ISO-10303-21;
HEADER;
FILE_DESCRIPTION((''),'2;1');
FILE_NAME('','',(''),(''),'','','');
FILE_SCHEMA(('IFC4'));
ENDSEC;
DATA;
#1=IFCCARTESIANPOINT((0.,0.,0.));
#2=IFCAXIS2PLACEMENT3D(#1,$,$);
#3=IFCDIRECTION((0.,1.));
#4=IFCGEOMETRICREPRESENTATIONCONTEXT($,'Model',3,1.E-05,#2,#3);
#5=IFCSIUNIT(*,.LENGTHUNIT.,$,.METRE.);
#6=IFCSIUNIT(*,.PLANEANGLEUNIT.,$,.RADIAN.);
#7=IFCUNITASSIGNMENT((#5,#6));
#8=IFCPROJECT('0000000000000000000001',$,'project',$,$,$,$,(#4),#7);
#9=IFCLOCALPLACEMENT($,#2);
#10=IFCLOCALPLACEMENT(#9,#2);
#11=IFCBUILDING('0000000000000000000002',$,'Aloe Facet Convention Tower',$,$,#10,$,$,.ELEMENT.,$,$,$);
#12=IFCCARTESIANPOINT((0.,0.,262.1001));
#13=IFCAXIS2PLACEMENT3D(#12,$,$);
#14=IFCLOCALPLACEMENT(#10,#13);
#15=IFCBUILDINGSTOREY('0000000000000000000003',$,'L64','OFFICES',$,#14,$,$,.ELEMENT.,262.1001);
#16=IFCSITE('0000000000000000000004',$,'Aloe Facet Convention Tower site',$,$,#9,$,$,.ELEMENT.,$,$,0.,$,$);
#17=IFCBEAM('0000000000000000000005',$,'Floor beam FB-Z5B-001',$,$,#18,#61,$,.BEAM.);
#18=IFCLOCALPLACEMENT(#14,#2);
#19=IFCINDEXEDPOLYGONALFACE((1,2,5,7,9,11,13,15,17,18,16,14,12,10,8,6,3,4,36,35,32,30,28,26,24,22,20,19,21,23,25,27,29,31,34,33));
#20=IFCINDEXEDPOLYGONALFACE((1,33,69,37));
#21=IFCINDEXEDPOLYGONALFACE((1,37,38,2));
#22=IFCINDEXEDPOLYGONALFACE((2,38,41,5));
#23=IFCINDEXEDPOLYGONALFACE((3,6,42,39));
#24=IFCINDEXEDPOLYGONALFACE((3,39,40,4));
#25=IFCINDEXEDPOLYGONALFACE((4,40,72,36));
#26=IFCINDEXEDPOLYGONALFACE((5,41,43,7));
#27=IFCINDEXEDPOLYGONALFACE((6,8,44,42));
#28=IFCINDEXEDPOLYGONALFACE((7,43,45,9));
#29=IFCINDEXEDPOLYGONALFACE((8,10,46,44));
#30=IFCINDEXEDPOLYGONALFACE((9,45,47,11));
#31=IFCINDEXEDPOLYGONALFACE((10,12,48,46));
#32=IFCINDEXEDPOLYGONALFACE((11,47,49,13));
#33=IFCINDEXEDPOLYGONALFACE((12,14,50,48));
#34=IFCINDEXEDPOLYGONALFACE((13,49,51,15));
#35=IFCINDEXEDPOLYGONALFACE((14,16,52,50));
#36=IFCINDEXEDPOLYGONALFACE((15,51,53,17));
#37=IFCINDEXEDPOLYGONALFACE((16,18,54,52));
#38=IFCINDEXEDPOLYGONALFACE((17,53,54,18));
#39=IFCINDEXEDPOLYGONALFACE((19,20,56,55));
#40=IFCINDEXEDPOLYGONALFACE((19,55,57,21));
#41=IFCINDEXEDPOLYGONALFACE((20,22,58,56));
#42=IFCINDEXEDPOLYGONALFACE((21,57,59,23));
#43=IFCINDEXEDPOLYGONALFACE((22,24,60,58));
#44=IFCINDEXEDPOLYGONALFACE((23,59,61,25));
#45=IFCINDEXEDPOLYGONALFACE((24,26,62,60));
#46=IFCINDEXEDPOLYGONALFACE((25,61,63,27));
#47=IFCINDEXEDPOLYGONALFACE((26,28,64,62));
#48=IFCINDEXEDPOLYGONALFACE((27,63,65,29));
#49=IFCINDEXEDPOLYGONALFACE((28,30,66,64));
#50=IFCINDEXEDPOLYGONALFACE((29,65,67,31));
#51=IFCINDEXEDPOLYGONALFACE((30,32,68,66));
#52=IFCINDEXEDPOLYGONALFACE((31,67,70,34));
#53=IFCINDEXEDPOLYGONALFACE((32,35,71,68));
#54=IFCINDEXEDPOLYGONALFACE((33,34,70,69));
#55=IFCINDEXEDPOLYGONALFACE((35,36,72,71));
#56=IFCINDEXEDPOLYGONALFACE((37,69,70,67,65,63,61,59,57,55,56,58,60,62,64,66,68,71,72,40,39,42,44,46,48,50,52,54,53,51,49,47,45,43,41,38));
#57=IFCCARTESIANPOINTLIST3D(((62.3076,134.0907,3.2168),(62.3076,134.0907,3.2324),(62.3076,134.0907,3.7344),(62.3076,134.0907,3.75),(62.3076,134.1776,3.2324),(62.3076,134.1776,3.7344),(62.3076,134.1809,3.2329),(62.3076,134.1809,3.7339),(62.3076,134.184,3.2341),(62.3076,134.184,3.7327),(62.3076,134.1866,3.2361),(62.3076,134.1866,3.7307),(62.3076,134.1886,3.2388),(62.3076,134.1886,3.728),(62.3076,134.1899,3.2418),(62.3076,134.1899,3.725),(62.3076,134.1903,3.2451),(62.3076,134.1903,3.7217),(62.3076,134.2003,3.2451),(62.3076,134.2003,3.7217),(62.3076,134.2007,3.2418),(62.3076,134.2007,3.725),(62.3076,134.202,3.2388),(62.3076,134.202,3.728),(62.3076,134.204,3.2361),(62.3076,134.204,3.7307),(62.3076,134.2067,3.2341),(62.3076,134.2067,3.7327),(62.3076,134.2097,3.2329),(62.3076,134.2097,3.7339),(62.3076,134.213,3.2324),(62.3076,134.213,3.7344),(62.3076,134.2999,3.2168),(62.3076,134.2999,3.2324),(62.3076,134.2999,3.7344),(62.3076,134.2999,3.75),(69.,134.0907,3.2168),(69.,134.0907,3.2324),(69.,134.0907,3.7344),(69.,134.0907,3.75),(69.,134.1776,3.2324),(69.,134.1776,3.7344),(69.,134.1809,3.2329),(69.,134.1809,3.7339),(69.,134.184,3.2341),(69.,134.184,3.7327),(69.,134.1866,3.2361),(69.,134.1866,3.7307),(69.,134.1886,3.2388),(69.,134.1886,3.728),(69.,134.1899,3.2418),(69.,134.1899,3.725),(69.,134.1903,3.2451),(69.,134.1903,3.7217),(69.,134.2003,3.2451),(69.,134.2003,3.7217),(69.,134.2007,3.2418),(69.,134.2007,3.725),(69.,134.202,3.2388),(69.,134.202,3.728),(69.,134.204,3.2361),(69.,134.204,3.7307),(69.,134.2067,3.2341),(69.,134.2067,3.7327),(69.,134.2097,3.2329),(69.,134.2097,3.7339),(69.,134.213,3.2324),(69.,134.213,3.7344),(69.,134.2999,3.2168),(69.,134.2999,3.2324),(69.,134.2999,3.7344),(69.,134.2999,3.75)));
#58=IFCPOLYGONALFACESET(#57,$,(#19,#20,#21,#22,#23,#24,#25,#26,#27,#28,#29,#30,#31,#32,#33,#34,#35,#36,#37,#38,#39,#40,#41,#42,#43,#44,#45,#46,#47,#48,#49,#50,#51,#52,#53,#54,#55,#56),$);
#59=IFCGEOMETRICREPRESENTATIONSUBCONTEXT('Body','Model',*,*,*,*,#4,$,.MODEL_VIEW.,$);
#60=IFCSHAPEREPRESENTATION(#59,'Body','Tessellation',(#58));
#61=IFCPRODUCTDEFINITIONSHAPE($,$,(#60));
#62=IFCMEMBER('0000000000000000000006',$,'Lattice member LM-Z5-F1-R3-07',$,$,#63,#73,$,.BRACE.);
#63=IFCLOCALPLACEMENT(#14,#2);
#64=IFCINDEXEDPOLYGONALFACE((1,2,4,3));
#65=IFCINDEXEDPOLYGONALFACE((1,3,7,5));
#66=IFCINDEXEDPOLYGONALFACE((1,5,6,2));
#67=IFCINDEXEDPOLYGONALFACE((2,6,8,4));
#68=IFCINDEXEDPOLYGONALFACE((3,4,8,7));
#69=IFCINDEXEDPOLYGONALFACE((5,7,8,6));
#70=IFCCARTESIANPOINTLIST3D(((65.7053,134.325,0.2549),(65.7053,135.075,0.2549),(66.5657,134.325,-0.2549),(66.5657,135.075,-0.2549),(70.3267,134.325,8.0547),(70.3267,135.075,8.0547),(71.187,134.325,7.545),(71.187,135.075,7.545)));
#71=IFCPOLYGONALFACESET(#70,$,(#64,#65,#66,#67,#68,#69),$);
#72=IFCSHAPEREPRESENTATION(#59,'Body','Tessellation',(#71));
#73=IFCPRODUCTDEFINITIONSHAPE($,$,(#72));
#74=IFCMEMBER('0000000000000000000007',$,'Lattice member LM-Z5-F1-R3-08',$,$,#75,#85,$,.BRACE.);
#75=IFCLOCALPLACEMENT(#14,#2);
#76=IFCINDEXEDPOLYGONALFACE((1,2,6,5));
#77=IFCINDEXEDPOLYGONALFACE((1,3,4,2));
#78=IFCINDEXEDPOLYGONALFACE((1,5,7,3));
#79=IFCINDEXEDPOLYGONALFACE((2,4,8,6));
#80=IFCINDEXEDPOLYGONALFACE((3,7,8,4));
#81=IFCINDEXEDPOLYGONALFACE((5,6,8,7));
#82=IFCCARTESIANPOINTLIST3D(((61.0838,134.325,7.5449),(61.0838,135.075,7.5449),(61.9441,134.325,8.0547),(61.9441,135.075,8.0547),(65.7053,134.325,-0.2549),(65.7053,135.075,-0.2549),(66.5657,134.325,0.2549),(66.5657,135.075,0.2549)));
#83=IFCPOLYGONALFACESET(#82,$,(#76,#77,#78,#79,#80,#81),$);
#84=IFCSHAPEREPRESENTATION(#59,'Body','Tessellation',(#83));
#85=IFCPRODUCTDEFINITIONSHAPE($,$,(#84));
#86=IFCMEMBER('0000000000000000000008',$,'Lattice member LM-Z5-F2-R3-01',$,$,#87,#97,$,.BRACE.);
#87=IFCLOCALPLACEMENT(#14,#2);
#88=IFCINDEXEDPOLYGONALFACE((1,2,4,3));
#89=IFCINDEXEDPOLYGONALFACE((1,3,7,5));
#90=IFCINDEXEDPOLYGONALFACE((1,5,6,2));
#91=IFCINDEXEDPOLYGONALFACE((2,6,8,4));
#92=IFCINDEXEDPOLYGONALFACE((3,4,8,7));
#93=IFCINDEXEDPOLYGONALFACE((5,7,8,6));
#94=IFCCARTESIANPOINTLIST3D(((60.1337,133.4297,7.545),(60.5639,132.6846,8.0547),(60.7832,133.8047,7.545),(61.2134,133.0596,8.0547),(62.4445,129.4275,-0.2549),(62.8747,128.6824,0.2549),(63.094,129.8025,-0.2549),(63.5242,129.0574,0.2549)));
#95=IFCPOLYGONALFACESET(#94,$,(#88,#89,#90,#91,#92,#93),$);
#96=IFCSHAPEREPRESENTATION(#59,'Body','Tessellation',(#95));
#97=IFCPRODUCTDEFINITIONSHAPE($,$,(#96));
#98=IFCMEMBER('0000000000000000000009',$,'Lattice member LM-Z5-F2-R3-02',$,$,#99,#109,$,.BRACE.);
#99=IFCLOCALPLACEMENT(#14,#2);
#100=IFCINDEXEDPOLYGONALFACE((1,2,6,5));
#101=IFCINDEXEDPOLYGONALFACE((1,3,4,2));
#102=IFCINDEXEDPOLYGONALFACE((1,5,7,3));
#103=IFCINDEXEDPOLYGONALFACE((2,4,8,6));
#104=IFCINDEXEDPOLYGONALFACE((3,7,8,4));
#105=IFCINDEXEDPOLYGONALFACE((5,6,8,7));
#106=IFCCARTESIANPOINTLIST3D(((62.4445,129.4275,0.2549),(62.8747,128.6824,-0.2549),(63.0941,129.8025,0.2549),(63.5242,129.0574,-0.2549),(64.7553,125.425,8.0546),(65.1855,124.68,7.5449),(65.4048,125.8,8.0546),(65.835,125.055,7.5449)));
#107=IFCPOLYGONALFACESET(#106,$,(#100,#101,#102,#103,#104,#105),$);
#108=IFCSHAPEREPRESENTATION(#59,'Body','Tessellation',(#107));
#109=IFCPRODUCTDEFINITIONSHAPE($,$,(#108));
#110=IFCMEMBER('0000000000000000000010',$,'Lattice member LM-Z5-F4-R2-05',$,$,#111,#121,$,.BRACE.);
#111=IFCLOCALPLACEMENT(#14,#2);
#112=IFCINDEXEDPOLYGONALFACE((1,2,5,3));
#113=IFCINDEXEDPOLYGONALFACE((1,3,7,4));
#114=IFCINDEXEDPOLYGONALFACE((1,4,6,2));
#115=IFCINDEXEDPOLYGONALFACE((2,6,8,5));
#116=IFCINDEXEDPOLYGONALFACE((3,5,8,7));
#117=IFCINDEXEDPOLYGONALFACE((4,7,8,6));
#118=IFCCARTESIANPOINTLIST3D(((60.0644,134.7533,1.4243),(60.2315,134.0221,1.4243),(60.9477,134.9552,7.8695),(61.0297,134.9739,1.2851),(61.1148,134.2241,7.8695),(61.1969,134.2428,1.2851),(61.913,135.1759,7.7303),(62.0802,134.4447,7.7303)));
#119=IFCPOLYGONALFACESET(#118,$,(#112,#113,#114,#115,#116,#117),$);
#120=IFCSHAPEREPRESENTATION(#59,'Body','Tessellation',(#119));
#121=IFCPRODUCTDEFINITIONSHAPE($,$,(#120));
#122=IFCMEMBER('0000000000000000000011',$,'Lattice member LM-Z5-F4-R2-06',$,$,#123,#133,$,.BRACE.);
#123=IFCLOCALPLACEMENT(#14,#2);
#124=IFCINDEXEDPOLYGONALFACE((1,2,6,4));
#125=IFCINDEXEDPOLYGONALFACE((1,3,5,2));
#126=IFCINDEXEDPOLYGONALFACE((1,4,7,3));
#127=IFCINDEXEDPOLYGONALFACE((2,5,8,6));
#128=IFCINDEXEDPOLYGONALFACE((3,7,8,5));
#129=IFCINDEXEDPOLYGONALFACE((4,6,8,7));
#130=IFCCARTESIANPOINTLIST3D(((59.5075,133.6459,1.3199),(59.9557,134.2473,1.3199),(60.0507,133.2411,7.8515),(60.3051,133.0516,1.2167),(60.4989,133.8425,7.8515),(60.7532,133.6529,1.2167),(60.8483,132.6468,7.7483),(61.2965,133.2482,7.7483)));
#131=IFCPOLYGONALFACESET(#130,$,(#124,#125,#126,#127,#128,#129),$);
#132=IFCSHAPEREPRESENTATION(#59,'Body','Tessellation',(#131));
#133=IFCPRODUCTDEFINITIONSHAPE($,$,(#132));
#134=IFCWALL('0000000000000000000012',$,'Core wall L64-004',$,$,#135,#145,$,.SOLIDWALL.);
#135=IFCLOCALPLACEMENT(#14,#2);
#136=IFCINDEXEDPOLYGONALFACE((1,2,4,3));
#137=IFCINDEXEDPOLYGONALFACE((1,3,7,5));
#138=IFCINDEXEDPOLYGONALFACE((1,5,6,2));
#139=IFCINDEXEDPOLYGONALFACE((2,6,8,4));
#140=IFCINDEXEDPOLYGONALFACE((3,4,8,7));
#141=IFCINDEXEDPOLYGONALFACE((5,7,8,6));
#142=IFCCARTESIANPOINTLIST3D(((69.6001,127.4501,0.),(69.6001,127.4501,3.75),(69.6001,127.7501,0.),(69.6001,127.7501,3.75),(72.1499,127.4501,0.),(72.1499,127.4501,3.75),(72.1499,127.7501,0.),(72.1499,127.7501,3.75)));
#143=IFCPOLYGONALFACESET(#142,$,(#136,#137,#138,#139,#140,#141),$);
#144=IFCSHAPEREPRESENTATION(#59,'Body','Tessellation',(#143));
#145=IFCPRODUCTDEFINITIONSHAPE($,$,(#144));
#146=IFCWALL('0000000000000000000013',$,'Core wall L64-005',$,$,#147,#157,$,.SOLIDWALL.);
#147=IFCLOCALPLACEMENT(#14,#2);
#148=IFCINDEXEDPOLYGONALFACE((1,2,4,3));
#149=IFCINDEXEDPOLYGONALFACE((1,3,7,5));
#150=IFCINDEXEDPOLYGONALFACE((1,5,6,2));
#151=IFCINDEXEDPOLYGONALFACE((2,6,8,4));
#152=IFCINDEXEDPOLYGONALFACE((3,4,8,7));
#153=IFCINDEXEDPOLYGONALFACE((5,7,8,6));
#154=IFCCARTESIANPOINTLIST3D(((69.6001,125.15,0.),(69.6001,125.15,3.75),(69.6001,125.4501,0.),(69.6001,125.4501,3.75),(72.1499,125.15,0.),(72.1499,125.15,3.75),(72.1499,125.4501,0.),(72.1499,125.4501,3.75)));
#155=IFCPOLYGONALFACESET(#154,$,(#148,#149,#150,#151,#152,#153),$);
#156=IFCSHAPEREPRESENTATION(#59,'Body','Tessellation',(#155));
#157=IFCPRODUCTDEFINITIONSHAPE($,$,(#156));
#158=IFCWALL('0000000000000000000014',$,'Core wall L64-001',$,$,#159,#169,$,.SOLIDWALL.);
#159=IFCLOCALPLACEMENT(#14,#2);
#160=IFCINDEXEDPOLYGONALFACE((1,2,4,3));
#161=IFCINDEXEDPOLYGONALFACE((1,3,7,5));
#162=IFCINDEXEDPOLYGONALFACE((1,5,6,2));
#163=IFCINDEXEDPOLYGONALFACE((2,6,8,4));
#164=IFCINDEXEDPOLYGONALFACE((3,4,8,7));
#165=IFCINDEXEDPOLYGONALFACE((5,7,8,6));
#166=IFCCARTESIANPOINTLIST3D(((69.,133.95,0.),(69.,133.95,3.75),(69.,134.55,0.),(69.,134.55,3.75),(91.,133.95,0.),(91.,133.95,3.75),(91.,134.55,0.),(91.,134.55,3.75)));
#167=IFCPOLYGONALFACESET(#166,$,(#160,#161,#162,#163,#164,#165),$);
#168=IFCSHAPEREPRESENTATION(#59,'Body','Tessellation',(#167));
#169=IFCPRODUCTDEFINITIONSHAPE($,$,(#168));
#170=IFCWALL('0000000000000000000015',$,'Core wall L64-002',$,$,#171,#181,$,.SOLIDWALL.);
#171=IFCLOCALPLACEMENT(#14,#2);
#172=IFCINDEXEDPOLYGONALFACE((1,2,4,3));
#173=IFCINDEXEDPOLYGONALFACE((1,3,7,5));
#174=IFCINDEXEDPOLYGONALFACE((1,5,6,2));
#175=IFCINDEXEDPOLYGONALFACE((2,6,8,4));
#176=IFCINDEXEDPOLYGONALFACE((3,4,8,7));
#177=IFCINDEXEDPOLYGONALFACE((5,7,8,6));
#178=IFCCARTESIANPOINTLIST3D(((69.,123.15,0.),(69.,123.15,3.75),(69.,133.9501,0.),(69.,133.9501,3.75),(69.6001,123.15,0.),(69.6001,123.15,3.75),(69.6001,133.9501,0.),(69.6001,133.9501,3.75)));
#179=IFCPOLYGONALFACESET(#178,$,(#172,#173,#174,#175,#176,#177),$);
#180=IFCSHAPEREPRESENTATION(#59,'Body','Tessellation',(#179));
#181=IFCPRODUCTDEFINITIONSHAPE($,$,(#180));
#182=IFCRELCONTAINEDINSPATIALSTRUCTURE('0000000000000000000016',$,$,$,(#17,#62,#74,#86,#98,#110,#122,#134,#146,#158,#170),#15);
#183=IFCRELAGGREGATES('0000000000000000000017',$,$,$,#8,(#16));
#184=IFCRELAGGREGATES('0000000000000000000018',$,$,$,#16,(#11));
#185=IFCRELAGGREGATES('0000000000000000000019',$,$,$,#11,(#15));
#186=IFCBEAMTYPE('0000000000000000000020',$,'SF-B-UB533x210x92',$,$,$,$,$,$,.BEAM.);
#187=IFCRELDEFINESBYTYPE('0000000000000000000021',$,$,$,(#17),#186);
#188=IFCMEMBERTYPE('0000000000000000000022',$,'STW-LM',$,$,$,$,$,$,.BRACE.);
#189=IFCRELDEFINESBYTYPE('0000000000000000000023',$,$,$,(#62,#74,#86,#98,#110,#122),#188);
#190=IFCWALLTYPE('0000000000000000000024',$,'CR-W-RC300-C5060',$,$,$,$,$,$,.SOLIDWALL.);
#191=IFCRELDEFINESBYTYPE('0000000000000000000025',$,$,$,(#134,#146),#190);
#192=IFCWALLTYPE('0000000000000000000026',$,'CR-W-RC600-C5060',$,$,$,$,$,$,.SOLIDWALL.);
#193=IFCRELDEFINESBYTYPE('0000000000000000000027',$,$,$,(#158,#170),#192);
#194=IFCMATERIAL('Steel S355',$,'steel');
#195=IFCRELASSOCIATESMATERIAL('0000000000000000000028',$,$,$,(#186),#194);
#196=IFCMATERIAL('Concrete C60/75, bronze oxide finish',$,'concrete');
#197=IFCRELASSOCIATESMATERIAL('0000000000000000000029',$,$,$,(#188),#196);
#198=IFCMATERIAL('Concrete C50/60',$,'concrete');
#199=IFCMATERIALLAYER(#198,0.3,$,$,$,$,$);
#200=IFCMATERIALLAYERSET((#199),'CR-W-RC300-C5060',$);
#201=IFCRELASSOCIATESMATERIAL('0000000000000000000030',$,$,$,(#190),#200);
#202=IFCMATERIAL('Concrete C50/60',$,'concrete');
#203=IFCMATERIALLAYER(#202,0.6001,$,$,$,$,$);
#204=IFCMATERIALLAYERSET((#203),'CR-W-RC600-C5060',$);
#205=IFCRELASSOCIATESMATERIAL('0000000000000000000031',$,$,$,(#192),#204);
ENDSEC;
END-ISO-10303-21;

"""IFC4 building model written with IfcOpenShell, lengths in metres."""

from ifc_helpers import new_model, si_unit, direction, frame, frame_2d, origin, origin_2d, place, context, subcontext, project, spatial, rectangle, i_section, extrude, material, layer, layer_set, material_profile, profile_set, type_object, element, save


model = new_model("IFC4")

# Units and contexts
model_context = context("Model", 3, precision=1e-05, world=origin(), true_north=direction((0.0, 1.0)))
body_context = subcontext(model_context, "Body", "Model", "MODEL_VIEW")
ifc_project = project(units=[si_unit("LENGTHUNIT", "METRE"), si_unit("PLANEANGLEUNIT", "RADIAN")], contexts=[model_context])

# Site, building, storey
site_placement = place(None, origin())
site = spatial("IfcSite", under=ifc_project, at=site_placement, Name="Aloe Facet Convention Tower site", CompositionType="ELEMENT", RefElevation=0.0)
building_placement = place(site_placement, origin())
building = spatial("IfcBuilding", under=site, at=building_placement, Name="Aloe Facet Convention Tower", CompositionType="ELEMENT")
storey_placement = place(building_placement, frame((0.0, 0.0, 262.1001)))
storey = spatial("IfcBuildingStorey", under=building, at=storey_placement, Name="L64", Description="OFFICES", CompositionType="ELEMENT", Elevation=262.1001)

# Beam
ifc_material_1 = material(Name="Steel S355", Category="steel")
ifc_material_profile_1 = material_profile(ifc_material_1, i_section(OverallWidth=0.2092, OverallDepth=0.5332, WebThickness=0.01, FlangeThickness=0.0156, FilletRadius=0.0127, at=origin_2d()), Name="UB 533x210x92")
ifc_profile_set_1 = profile_set([ifc_material_profile_1], Name="Steel S355")
beam_type_1 = type_object("IfcBeamType", Name="SF-B-UB533x210x92", PredefinedType="BEAM", material=ifc_profile_set_1)
beam_1_placement = place(storey_placement, frame((62.3076, 134.1953, 3.4834), z_axis=(1.0, 0.0, 0.0), x_axis=(0.0, 1.0, 0.0)))
element("IfcBeam", 1, at=beam_1_placement, inside=storey, type_object=beam_type_1, Name="Floor beam FB-Z5B-001", PredefinedType="BEAM", context=body_context, shape_type="SweptSolid", body=[
    extrude(i_section(OverallWidth=0.2092, OverallDepth=0.5332, WebThickness=0.01, FlangeThickness=0.0156, FilletRadius=0.0127, at=origin_2d()), origin(), (0.0, 0.0, 1.0), 6.6924),
])

# Members
ifc_material_2 = material(Name="Concrete C60/75, bronze oxide finish", Category="concrete")
ifc_material_profile_2 = material_profile(ifc_material_2, rectangle(XDim=0.75, YDim=1.0, at=origin_2d()), Name="STW-LM")
ifc_profile_set_2 = profile_set([ifc_material_profile_2], Name="Concrete C60/75, bronze oxide finish")
member_type = type_object("IfcMemberType", Name="STW-LM", PredefinedType="BRACE", material=ifc_profile_set_2)
for number, where, z_axis, x_axis, name in (
    (2, (66.1355, 134.7, 0.0), (0.50974, 0.0, 0.860329), (0.0, 1.0, 0.0), "Lattice member LM-Z5-F1-R3-07"),
    (3, (66.1355, 134.7, 0.0), (-0.50976, 0.0, 0.860317), (0.0, -1.0, 0.0), "Lattice member LM-Z5-F1-R3-08"),
    (4, (62.9844, 129.2424, 0.0), (-0.254882, 0.441446, 0.860326), (-0.866014, -0.50002, 0.0), "Lattice member LM-Z5-F2-R3-01"),
    (5, (62.9844, 129.2424, 0.0), (0.254879, -0.441468, 0.860315), (0.866027, 0.499997, 0.0), "Lattice member LM-Z5-F2-R3-02"),
):
    element("IfcMember", number, at=place(storey_placement, frame(where, z_axis=z_axis, x_axis=x_axis)), inside=storey, type_object=member_type, Name=name, PredefinedType="BRACE", context=body_context, shape_type="SweptSolid", body=[
        extrude(rectangle(XDim=0.75, YDim=1.0, at=origin_2d()), origin(), (0.0, 0.0, 1.0), 9.0662),
    ])
member_1_placement = place(storey_placement, frame((60.6306, 134.498, 1.3547), z_axis=(0.135716, 0.031022, 0.990262), x_axis=(-0.222832, 0.974857, 0.0)))
element("IfcMember", 6, at=member_1_placement, inside=storey, type_object=member_type, Name="Lattice member LM-Z5-F4-R2-05", PredefinedType="BRACE", context=body_context, shape_type="SweptSolid", body=[
    extrude(rectangle(XDim=0.75, YDim=1.0, at=origin_2d()), origin(), (0.0, 0.0, 1.0), 6.5085),
])
member_2_placement = place(storey_placement, frame((60.1304, 133.6494, 1.2683), z_axis=(0.082724, -0.061644, 0.994664), x_axis=(0.597518, 0.801856, 0.0)))
element("IfcMember", 7, at=member_2_placement, inside=storey, type_object=member_type, Name="Lattice member LM-Z5-F4-R2-06", PredefinedType="BRACE", context=body_context, shape_type="SweptSolid", body=[
    extrude(rectangle(XDim=0.75, YDim=1.0, at=origin_2d()), origin(), (0.0, 0.0, 1.0), 6.5667),
])

# Walls
ifc_material_3 = material(Name="Concrete C50/60", Category="concrete")
ifc_layer_1 = layer(ifc_material_3, 0.3)
ifc_layer_set_1 = layer_set([ifc_layer_1], Name="CR-W-RC300-C5060")
wall_type_1 = type_object("IfcWallType", Name="CR-W-RC300-C5060", PredefinedType="SOLIDWALL", material=ifc_layer_set_1)
for number, where, z_axis, x_axis, name in (
    (8, (69.6001, 127.6001, 0.0), (0.0, 0.0, 1.0), (1.0, 0.0, 0.0), "Core wall L64-004"),
    (9, (69.6001, 125.3, 0.0), (0.0, 0.0, 1.0), (1.0, 0.0, 0.0), "Core wall L64-005"),
):
    element("IfcWall", number, at=place(storey_placement, frame(where, z_axis=z_axis, x_axis=x_axis)), inside=storey, type_object=wall_type_1, Name=name, PredefinedType="SOLIDWALL", context=body_context, shape_type="SweptSolid", body=[
        extrude(rectangle(XDim=2.5498, YDim=0.3, at=frame_2d((1.2749, 0.0))), origin(), (0.0, 0.0, 1.0), 3.75),
    ])
ifc_material_4 = material(Name="Concrete C50/60", Category="concrete")
ifc_layer_2 = layer(ifc_material_4, 0.6001)
ifc_layer_set_2 = layer_set([ifc_layer_2], Name="CR-W-RC600-C5060")
wall_type_2 = type_object("IfcWallType", Name="CR-W-RC600-C5060", PredefinedType="SOLIDWALL", material=ifc_layer_set_2)
wall_1_placement = place(storey_placement, frame((69.0, 134.25, 0.0), z_axis=(0.0, 0.0, 1.0), x_axis=(1.0, 0.0, 0.0)))
element("IfcWall", 10, at=wall_1_placement, inside=storey, type_object=wall_type_2, Name="Core wall L64-001", PredefinedType="SOLIDWALL", context=body_context, shape_type="SweptSolid", body=[
    extrude(rectangle(XDim=22.0, YDim=0.6001, at=frame_2d((11.0, 0.0))), origin(), (0.0, 0.0, 1.0), 3.75),
])
wall_2_placement = place(storey_placement, frame((69.3, 133.95, 0.0), z_axis=(0.0, 0.0, 1.0), x_axis=(0.0, -1.0, 0.0)))
element("IfcWall", 11, at=wall_2_placement, inside=storey, type_object=wall_type_2, Name="Core wall L64-002", PredefinedType="SOLIDWALL", context=body_context, shape_type="SweptSolid", body=[
    extrude(rectangle(XDim=10.8, YDim=0.6001, at=frame_2d((5.3999, 0.0))), origin(), (0.0, 0.0, 1.0), 3.75),
])

save(model, "model.ifc")
